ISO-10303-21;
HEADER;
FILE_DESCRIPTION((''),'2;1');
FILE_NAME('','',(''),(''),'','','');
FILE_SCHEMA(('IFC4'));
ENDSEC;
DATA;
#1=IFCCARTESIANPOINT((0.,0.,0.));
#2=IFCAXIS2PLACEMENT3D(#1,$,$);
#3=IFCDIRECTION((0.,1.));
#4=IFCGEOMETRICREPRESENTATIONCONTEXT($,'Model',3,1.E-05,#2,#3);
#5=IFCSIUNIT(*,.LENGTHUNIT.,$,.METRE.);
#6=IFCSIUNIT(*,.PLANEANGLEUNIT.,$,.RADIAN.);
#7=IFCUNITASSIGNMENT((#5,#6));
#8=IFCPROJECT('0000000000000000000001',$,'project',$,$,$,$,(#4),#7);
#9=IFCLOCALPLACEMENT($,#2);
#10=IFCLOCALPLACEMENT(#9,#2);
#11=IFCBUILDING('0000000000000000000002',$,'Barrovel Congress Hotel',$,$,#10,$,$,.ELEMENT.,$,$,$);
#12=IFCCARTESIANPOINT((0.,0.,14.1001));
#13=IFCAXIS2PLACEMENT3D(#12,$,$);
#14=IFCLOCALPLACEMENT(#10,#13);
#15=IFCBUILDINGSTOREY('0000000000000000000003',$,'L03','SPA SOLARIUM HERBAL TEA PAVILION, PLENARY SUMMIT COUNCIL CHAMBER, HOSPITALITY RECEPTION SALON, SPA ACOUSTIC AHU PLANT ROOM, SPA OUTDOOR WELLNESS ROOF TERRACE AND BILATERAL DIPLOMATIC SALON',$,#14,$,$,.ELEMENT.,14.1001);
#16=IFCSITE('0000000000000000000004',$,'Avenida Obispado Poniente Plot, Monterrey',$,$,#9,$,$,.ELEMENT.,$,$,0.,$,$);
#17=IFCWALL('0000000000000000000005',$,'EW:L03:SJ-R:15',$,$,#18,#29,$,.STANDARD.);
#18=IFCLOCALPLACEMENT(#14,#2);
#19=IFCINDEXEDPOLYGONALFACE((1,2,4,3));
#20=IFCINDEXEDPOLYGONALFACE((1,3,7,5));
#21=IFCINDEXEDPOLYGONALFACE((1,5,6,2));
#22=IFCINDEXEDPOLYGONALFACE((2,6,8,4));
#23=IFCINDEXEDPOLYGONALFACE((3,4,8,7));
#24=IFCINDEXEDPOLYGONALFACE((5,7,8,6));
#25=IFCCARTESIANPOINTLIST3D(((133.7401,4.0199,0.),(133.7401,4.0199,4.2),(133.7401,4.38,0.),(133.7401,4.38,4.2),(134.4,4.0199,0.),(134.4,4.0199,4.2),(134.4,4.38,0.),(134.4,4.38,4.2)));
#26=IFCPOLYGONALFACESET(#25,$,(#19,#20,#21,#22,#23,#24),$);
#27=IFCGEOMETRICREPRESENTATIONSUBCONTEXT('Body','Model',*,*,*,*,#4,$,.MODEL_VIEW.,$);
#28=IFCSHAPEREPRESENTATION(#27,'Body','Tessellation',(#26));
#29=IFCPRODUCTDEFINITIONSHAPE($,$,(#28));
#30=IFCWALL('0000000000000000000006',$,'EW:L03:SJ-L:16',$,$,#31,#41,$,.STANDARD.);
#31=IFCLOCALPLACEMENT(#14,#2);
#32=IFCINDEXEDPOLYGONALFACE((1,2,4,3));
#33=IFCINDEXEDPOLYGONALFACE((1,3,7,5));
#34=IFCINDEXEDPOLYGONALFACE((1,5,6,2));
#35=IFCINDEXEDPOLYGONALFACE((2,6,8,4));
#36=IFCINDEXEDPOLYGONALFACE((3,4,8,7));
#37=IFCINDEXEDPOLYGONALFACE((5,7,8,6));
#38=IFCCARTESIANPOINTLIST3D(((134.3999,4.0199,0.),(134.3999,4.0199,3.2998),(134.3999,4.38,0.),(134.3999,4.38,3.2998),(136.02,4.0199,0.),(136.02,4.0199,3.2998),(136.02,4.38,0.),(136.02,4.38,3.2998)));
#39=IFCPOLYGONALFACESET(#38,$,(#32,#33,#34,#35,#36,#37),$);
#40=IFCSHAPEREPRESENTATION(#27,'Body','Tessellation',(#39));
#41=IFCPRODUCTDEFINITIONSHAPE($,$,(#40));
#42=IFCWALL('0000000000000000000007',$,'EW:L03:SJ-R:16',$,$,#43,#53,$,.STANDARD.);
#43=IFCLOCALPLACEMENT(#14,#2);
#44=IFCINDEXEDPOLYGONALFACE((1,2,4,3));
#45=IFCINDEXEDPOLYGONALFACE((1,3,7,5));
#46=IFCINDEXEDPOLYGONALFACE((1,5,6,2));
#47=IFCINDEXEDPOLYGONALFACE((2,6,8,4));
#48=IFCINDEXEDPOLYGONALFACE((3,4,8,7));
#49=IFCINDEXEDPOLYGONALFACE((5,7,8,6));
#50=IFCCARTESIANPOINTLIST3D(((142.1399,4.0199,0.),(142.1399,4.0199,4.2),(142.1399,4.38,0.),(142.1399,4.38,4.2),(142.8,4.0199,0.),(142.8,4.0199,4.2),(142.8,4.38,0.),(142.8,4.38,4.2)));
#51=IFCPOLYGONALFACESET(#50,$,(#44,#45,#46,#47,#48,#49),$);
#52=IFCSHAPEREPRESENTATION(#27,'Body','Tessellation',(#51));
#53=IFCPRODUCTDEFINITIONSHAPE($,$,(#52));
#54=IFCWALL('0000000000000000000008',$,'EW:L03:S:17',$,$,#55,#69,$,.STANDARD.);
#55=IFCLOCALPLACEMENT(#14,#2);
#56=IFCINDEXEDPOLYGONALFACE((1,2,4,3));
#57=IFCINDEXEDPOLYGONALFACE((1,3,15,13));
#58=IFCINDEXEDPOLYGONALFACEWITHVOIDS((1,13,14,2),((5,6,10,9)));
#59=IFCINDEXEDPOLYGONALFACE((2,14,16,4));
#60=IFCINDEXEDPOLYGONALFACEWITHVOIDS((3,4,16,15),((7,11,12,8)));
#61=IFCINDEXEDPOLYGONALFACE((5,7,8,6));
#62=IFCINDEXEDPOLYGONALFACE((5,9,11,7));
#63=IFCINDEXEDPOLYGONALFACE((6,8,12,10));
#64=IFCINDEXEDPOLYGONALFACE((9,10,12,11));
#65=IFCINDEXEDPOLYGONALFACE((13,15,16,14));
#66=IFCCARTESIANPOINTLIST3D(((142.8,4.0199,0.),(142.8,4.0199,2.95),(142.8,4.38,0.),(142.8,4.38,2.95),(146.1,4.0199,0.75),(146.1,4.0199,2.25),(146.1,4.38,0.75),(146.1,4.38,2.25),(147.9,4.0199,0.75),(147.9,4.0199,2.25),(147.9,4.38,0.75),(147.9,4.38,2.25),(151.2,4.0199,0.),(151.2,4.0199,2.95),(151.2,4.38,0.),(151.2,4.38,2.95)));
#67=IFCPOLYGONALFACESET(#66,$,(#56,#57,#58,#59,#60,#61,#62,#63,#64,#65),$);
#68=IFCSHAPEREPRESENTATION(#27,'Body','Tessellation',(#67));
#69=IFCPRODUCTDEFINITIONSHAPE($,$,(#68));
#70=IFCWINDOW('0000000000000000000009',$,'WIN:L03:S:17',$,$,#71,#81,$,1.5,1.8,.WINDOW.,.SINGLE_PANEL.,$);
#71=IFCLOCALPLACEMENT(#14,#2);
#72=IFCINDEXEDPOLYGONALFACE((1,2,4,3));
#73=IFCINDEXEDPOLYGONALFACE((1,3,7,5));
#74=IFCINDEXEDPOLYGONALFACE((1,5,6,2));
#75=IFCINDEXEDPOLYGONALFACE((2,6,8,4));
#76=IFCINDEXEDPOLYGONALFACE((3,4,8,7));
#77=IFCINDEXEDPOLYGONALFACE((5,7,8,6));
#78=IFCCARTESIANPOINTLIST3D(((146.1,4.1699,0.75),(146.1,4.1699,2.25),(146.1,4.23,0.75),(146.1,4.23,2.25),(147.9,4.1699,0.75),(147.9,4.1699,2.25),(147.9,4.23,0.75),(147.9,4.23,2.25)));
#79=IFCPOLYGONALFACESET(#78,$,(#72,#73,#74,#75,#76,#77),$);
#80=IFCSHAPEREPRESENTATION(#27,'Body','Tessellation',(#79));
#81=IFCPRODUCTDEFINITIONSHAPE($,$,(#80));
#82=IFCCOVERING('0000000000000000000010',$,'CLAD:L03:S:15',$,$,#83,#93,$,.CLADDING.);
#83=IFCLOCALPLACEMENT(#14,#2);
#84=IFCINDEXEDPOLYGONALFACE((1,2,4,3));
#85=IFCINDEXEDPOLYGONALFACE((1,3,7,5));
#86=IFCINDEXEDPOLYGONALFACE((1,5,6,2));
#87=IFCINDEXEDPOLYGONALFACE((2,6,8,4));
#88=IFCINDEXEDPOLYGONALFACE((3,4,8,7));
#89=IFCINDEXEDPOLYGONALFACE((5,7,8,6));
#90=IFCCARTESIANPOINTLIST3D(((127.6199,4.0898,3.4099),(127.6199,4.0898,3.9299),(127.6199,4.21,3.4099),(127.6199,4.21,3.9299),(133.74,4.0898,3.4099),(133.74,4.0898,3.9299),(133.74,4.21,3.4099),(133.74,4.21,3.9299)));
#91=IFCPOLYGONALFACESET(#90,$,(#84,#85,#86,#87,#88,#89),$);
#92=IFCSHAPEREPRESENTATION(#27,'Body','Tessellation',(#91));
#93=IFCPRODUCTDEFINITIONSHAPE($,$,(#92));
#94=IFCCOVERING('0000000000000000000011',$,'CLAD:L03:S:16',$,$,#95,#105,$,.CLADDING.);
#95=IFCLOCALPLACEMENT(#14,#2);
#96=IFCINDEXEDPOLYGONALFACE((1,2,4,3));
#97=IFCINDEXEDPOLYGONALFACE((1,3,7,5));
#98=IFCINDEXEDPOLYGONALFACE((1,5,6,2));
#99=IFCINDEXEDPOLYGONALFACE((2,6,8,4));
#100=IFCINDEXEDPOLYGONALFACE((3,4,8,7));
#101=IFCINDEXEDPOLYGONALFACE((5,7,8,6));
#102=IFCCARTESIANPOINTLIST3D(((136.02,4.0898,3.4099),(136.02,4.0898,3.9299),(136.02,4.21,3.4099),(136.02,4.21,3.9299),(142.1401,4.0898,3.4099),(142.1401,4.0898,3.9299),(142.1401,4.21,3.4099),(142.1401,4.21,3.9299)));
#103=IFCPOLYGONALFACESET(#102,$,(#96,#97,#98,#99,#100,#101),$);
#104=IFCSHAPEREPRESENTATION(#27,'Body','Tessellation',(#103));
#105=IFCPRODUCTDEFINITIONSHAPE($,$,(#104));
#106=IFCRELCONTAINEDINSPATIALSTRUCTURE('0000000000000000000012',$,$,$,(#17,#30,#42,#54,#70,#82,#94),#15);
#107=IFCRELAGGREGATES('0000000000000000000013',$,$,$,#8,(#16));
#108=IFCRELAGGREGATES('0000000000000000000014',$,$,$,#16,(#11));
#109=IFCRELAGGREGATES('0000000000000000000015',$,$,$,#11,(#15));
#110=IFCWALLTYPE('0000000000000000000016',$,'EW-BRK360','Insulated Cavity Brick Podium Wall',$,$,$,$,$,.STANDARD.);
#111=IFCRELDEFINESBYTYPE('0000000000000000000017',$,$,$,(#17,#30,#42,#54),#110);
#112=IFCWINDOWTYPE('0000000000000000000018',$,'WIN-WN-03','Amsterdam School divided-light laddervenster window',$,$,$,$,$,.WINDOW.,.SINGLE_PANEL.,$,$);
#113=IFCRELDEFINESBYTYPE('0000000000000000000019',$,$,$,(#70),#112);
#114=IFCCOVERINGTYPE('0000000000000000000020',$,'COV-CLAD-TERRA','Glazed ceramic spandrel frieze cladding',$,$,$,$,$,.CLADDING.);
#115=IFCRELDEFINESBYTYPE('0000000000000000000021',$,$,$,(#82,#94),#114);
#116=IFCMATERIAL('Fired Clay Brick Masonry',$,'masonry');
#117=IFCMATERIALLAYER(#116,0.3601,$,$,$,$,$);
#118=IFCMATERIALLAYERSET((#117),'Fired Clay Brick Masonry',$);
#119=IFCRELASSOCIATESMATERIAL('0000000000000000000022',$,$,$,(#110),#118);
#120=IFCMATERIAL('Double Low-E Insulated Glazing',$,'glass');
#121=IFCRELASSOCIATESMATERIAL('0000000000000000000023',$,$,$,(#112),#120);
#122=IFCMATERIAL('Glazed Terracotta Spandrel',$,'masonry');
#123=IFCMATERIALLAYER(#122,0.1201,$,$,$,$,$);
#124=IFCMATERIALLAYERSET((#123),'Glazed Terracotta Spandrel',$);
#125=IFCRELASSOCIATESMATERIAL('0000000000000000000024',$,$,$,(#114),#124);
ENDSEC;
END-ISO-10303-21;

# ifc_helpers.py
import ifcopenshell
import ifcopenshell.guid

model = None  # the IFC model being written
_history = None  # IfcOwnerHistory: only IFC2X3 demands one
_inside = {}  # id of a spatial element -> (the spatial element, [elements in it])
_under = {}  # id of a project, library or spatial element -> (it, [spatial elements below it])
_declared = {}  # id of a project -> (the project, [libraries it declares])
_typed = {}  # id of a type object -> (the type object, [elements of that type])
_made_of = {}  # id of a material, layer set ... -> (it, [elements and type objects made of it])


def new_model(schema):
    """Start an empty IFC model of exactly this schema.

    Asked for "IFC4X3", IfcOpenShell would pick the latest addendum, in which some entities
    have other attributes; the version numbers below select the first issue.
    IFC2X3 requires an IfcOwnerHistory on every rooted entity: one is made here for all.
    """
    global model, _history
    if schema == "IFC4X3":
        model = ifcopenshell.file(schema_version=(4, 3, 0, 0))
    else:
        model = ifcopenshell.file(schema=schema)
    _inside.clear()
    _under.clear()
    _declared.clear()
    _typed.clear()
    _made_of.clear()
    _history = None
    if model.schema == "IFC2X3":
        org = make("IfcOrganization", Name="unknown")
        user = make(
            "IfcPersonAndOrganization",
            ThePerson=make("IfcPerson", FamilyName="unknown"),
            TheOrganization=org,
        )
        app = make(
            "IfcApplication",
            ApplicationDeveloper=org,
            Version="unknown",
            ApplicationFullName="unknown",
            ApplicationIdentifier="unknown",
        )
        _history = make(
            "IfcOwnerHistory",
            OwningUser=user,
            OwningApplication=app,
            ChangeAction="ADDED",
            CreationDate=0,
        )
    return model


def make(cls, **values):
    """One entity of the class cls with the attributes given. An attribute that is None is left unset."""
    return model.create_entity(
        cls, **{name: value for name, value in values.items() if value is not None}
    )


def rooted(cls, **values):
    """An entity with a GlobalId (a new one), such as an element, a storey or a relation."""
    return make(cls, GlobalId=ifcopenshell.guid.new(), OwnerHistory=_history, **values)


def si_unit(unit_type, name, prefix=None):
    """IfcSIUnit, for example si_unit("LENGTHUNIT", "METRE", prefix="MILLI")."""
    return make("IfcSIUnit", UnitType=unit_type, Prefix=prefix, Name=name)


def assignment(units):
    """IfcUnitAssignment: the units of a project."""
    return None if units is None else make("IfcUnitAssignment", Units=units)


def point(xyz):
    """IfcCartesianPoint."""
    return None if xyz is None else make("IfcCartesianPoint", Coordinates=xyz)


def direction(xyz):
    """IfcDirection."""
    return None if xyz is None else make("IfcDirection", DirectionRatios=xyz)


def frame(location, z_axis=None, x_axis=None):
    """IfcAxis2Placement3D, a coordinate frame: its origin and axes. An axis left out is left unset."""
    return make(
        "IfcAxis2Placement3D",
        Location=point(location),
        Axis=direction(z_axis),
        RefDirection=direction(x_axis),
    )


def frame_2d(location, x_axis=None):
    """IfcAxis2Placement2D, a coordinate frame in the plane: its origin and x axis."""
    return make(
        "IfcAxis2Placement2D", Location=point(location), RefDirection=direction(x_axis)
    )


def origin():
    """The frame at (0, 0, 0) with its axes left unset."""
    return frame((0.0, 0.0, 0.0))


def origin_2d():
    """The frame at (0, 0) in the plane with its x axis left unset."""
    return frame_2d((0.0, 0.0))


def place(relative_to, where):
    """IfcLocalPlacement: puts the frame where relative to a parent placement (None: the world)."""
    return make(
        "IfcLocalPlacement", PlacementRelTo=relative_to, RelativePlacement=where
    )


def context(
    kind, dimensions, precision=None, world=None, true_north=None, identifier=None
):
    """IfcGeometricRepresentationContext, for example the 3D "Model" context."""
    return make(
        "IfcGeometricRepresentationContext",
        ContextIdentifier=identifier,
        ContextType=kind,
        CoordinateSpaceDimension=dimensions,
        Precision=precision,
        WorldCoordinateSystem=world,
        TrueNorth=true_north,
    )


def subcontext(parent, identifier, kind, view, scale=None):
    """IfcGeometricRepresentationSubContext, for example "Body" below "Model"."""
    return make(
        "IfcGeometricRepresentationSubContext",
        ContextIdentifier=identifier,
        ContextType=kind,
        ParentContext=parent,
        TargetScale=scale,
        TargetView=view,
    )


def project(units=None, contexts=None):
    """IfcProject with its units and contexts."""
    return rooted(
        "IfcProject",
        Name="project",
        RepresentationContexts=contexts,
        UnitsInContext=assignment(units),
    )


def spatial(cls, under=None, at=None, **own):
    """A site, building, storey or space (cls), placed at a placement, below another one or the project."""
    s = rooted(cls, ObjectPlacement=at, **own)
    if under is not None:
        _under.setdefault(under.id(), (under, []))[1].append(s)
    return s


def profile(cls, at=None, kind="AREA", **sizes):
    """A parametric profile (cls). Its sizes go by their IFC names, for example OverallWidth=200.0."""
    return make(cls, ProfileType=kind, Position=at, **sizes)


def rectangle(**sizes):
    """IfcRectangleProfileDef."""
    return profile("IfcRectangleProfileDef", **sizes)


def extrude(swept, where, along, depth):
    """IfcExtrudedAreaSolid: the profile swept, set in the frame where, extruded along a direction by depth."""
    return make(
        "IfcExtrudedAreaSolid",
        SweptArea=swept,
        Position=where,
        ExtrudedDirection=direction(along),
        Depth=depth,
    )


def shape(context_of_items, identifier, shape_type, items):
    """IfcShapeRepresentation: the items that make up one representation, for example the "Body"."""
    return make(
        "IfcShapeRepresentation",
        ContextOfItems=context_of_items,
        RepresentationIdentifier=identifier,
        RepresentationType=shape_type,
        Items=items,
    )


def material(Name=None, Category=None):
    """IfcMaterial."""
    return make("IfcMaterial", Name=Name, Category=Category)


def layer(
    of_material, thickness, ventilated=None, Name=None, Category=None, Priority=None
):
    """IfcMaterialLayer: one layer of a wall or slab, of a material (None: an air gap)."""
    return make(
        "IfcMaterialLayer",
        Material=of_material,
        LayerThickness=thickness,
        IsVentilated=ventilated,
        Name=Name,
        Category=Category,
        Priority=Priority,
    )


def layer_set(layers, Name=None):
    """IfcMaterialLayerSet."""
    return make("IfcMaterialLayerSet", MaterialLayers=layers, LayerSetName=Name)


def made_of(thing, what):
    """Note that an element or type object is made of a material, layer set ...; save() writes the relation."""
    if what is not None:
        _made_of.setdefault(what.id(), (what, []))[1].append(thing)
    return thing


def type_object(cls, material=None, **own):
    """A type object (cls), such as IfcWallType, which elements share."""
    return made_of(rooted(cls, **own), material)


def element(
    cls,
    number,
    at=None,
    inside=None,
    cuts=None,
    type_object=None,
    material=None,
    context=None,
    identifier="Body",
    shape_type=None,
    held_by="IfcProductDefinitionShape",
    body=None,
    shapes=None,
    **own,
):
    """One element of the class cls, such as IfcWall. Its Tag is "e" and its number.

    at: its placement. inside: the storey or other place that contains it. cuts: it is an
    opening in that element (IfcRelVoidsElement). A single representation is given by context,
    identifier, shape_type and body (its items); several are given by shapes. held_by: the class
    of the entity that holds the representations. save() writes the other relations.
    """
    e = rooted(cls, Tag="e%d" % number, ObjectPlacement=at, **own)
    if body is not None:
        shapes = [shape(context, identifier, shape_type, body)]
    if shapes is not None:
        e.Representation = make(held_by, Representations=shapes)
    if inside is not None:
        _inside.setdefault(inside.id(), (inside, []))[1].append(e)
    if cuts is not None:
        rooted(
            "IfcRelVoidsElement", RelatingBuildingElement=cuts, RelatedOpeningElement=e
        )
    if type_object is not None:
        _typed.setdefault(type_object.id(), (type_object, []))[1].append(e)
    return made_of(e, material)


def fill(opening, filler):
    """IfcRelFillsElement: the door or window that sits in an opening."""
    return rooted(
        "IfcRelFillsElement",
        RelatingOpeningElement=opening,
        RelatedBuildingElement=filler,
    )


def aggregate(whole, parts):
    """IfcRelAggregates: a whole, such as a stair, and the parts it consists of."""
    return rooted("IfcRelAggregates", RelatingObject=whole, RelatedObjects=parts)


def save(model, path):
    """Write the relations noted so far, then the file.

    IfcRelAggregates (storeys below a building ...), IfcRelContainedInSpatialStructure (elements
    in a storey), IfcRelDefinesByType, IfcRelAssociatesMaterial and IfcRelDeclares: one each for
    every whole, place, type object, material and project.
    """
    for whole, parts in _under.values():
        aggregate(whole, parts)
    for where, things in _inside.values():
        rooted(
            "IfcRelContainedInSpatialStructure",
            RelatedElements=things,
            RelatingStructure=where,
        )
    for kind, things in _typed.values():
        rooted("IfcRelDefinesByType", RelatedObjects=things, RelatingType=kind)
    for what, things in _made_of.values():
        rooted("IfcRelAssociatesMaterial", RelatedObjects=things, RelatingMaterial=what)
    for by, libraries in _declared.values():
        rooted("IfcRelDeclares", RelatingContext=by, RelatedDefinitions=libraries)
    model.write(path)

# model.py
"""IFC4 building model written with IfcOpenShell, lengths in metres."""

from ifc_helpers import new_model, si_unit, direction, frame, frame_2d, origin, origin_2d, place, context, subcontext, project, spatial, rectangle, extrude, material, layer, layer_set, type_object, element, fill, save


model = new_model("IFC4")

# Units and contexts
model_context = context("Model", 3, precision=1e-05, world=origin(), true_north=direction((0.0, 1.0)))
body_context = subcontext(model_context, "Body", "Model", "MODEL_VIEW")
ifc_project = project(units=[si_unit("LENGTHUNIT", "METRE"), si_unit("PLANEANGLEUNIT", "RADIAN")], contexts=[model_context])

# Site, building, storey
site_placement = place(None, origin())
site = spatial("IfcSite", under=ifc_project, at=site_placement, Name="Avenida Obispado Poniente Plot, Monterrey", CompositionType="ELEMENT", RefElevation=0.0)
building_placement = place(site_placement, origin())
building = spatial("IfcBuilding", under=site, at=building_placement, Name="Barrovel Congress Hotel", CompositionType="ELEMENT")
storey_placement = place(building_placement, frame((0.0, 0.0, 14.1001)))
storey = spatial("IfcBuildingStorey", under=building, at=storey_placement, Name="L03", Description="SPA SOLARIUM HERBAL TEA PAVILION, PLENARY SUMMIT COUNCIL CHAMBER, HOSPITALITY RECEPTION SALON, SPA ACOUSTIC AHU PLANT ROOM, SPA OUTDOOR WELLNESS ROOF TERRACE AND BILATERAL DIPLOMATIC SALON", CompositionType="ELEMENT", Elevation=14.1001)

# Shared definitions
ifc_material_1 = material(Name="Double Low-E Insulated Glazing", Category="glass")

# Walls
ifc_material_2 = material(Name="Fired Clay Brick Masonry", Category="masonry")
ifc_layer_1 = layer(ifc_material_2, 0.3601)
ifc_layer_set_1 = layer_set([ifc_layer_1], Name="Fired Clay Brick Masonry")
wall_type = type_object("IfcWallType", Name="EW-BRK360", Description="Insulated Cavity Brick Podium Wall", PredefinedType="STANDARD", material=ifc_layer_set_1)
wall_1_placement = place(storey_placement, frame((133.74, 4.2, 0.0), z_axis=(0.0, 0.0, 1.0), x_axis=(1.0, 0.0, 0.0)))
element("IfcWall", 1, at=wall_1_placement, inside=storey, type_object=wall_type, Name="EW:L03:SJ-R:15", PredefinedType="STANDARD", context=body_context, shape_type="SweptSolid", body=[
    extrude(rectangle(XDim=0.6599, YDim=0.3601, at=frame_2d((0.3301, 0.0))), origin(), (0.0, 0.0, 1.0), 4.2),
])
wall_2_placement = place(storey_placement, frame((134.3999, 4.2, 0.0), z_axis=(0.0, 0.0, 1.0), x_axis=(1.0, 0.0, 0.0)))
element("IfcWall", 2, at=wall_2_placement, inside=storey, type_object=wall_type, Name="EW:L03:SJ-L:16", PredefinedType="STANDARD", context=body_context, shape_type="SweptSolid", body=[
    extrude(rectangle(XDim=1.6201, YDim=0.3601, at=frame_2d((0.8101, 0.0))), origin(), (0.0, 0.0, 1.0), 3.2998),
])
wall_3_placement = place(storey_placement, frame((142.1399, 4.2, 0.0), z_axis=(0.0, 0.0, 1.0), x_axis=(1.0, 0.0, 0.0)))
element("IfcWall", 3, at=wall_3_placement, inside=storey, type_object=wall_type, Name="EW:L03:SJ-R:16", PredefinedType="STANDARD", context=body_context, shape_type="SweptSolid", body=[
    extrude(rectangle(XDim=0.6602, YDim=0.3601, at=frame_2d((0.3301, 0.0))), origin(), (0.0, 0.0, 1.0), 4.2),
])

# Wall, opening, window
wall_4_placement = place(storey_placement, frame((142.8, 4.2, 0.0), z_axis=(0.0, 0.0, 1.0), x_axis=(1.0, 0.0, 0.0)))
wall_4 = element("IfcWall", 4, at=wall_4_placement, inside=storey, type_object=wall_type, Name="EW:L03:S:17", PredefinedType="STANDARD", context=body_context, shape_type="SweptSolid", body=[
    extrude(rectangle(XDim=8.3999, YDim=0.3601, at=frame_2d((4.2, 0.0))), origin(), (0.0, 0.0, 1.0), 2.95),
])
opening_placement = place(wall_4_placement, frame((3.3, 0.0, 0.75)))
opening = element("IfcOpeningElement", 5, at=opening_placement, cuts=wall_4, PredefinedType="OPENING", context=body_context, shape_type="SweptSolid", body=[
    extrude(rectangle(XDim=1.8, YDim=1.5, at=frame_2d((0.8999, 0.75))), frame((0.0, 0.1899, 0.0), z_axis=(0.0, -1.0, 0.0), x_axis=(1.0, 0.0, 0.0)), (0.0, 0.0, 1.0), 0.3801),
])
window_type = type_object("IfcWindowType", Name="WIN-WN-03", Description="Amsterdam School divided-light laddervenster window", PartitioningType="SINGLE_PANEL", PredefinedType="WINDOW", material=ifc_material_1)
window_placement = place(opening_placement, origin())
window = element("IfcWindow", 6, at=window_placement, inside=storey, type_object=window_type, Name="WIN:L03:S:17", OverallHeight=1.5, OverallWidth=1.8, PartitioningType="SINGLE_PANEL", PredefinedType="WINDOW", context=body_context, shape_type="SweptSolid", body=[
    extrude(rectangle(XDim=1.8, YDim=1.5, at=frame_2d((0.8999, 0.75))), frame((0.0, 0.03, 0.0), z_axis=(0.0, -1.0, 0.0), x_axis=(1.0, 0.0, 0.0)), (0.0, 0.0, 1.0), 0.0601),
])
fill(opening, window)

# Coverings
ifc_material_3 = material(Name="Glazed Terracotta Spandrel", Category="masonry")
ifc_layer_2 = layer(ifc_material_3, 0.1201)
ifc_layer_set_2 = layer_set([ifc_layer_2], Name="Glazed Terracotta Spandrel")
covering_type = type_object("IfcCoveringType", Name="COV-CLAD-TERRA", Description="Glazed ceramic spandrel frieze cladding", PredefinedType="CLADDING", material=ifc_layer_set_2)
for number, where, z_axis, x_axis, name in (
    (7, (130.6799, 4.1499, 3.4099), (0.0, 0.0, 1.0), (1.0, 0.0, 0.0), "CLAD:L03:S:15"),
    (8, (139.0801, 4.1499, 3.4099), (0.0, 0.0, 1.0), (1.0, 0.0, 0.0), "CLAD:L03:S:16"),
):
    element("IfcCovering", number, at=place(storey_placement, frame(where, z_axis=z_axis, x_axis=x_axis)), inside=storey, type_object=covering_type, Name=name, PredefinedType="CLADDING", context=body_context, shape_type="SweptSolid", body=[
        extrude(rectangle(XDim=6.1201, YDim=0.1201, at=origin_2d()), origin(), (0.0, 0.0, 1.0), 0.52),
    ])

save(model, "model.ifc")
